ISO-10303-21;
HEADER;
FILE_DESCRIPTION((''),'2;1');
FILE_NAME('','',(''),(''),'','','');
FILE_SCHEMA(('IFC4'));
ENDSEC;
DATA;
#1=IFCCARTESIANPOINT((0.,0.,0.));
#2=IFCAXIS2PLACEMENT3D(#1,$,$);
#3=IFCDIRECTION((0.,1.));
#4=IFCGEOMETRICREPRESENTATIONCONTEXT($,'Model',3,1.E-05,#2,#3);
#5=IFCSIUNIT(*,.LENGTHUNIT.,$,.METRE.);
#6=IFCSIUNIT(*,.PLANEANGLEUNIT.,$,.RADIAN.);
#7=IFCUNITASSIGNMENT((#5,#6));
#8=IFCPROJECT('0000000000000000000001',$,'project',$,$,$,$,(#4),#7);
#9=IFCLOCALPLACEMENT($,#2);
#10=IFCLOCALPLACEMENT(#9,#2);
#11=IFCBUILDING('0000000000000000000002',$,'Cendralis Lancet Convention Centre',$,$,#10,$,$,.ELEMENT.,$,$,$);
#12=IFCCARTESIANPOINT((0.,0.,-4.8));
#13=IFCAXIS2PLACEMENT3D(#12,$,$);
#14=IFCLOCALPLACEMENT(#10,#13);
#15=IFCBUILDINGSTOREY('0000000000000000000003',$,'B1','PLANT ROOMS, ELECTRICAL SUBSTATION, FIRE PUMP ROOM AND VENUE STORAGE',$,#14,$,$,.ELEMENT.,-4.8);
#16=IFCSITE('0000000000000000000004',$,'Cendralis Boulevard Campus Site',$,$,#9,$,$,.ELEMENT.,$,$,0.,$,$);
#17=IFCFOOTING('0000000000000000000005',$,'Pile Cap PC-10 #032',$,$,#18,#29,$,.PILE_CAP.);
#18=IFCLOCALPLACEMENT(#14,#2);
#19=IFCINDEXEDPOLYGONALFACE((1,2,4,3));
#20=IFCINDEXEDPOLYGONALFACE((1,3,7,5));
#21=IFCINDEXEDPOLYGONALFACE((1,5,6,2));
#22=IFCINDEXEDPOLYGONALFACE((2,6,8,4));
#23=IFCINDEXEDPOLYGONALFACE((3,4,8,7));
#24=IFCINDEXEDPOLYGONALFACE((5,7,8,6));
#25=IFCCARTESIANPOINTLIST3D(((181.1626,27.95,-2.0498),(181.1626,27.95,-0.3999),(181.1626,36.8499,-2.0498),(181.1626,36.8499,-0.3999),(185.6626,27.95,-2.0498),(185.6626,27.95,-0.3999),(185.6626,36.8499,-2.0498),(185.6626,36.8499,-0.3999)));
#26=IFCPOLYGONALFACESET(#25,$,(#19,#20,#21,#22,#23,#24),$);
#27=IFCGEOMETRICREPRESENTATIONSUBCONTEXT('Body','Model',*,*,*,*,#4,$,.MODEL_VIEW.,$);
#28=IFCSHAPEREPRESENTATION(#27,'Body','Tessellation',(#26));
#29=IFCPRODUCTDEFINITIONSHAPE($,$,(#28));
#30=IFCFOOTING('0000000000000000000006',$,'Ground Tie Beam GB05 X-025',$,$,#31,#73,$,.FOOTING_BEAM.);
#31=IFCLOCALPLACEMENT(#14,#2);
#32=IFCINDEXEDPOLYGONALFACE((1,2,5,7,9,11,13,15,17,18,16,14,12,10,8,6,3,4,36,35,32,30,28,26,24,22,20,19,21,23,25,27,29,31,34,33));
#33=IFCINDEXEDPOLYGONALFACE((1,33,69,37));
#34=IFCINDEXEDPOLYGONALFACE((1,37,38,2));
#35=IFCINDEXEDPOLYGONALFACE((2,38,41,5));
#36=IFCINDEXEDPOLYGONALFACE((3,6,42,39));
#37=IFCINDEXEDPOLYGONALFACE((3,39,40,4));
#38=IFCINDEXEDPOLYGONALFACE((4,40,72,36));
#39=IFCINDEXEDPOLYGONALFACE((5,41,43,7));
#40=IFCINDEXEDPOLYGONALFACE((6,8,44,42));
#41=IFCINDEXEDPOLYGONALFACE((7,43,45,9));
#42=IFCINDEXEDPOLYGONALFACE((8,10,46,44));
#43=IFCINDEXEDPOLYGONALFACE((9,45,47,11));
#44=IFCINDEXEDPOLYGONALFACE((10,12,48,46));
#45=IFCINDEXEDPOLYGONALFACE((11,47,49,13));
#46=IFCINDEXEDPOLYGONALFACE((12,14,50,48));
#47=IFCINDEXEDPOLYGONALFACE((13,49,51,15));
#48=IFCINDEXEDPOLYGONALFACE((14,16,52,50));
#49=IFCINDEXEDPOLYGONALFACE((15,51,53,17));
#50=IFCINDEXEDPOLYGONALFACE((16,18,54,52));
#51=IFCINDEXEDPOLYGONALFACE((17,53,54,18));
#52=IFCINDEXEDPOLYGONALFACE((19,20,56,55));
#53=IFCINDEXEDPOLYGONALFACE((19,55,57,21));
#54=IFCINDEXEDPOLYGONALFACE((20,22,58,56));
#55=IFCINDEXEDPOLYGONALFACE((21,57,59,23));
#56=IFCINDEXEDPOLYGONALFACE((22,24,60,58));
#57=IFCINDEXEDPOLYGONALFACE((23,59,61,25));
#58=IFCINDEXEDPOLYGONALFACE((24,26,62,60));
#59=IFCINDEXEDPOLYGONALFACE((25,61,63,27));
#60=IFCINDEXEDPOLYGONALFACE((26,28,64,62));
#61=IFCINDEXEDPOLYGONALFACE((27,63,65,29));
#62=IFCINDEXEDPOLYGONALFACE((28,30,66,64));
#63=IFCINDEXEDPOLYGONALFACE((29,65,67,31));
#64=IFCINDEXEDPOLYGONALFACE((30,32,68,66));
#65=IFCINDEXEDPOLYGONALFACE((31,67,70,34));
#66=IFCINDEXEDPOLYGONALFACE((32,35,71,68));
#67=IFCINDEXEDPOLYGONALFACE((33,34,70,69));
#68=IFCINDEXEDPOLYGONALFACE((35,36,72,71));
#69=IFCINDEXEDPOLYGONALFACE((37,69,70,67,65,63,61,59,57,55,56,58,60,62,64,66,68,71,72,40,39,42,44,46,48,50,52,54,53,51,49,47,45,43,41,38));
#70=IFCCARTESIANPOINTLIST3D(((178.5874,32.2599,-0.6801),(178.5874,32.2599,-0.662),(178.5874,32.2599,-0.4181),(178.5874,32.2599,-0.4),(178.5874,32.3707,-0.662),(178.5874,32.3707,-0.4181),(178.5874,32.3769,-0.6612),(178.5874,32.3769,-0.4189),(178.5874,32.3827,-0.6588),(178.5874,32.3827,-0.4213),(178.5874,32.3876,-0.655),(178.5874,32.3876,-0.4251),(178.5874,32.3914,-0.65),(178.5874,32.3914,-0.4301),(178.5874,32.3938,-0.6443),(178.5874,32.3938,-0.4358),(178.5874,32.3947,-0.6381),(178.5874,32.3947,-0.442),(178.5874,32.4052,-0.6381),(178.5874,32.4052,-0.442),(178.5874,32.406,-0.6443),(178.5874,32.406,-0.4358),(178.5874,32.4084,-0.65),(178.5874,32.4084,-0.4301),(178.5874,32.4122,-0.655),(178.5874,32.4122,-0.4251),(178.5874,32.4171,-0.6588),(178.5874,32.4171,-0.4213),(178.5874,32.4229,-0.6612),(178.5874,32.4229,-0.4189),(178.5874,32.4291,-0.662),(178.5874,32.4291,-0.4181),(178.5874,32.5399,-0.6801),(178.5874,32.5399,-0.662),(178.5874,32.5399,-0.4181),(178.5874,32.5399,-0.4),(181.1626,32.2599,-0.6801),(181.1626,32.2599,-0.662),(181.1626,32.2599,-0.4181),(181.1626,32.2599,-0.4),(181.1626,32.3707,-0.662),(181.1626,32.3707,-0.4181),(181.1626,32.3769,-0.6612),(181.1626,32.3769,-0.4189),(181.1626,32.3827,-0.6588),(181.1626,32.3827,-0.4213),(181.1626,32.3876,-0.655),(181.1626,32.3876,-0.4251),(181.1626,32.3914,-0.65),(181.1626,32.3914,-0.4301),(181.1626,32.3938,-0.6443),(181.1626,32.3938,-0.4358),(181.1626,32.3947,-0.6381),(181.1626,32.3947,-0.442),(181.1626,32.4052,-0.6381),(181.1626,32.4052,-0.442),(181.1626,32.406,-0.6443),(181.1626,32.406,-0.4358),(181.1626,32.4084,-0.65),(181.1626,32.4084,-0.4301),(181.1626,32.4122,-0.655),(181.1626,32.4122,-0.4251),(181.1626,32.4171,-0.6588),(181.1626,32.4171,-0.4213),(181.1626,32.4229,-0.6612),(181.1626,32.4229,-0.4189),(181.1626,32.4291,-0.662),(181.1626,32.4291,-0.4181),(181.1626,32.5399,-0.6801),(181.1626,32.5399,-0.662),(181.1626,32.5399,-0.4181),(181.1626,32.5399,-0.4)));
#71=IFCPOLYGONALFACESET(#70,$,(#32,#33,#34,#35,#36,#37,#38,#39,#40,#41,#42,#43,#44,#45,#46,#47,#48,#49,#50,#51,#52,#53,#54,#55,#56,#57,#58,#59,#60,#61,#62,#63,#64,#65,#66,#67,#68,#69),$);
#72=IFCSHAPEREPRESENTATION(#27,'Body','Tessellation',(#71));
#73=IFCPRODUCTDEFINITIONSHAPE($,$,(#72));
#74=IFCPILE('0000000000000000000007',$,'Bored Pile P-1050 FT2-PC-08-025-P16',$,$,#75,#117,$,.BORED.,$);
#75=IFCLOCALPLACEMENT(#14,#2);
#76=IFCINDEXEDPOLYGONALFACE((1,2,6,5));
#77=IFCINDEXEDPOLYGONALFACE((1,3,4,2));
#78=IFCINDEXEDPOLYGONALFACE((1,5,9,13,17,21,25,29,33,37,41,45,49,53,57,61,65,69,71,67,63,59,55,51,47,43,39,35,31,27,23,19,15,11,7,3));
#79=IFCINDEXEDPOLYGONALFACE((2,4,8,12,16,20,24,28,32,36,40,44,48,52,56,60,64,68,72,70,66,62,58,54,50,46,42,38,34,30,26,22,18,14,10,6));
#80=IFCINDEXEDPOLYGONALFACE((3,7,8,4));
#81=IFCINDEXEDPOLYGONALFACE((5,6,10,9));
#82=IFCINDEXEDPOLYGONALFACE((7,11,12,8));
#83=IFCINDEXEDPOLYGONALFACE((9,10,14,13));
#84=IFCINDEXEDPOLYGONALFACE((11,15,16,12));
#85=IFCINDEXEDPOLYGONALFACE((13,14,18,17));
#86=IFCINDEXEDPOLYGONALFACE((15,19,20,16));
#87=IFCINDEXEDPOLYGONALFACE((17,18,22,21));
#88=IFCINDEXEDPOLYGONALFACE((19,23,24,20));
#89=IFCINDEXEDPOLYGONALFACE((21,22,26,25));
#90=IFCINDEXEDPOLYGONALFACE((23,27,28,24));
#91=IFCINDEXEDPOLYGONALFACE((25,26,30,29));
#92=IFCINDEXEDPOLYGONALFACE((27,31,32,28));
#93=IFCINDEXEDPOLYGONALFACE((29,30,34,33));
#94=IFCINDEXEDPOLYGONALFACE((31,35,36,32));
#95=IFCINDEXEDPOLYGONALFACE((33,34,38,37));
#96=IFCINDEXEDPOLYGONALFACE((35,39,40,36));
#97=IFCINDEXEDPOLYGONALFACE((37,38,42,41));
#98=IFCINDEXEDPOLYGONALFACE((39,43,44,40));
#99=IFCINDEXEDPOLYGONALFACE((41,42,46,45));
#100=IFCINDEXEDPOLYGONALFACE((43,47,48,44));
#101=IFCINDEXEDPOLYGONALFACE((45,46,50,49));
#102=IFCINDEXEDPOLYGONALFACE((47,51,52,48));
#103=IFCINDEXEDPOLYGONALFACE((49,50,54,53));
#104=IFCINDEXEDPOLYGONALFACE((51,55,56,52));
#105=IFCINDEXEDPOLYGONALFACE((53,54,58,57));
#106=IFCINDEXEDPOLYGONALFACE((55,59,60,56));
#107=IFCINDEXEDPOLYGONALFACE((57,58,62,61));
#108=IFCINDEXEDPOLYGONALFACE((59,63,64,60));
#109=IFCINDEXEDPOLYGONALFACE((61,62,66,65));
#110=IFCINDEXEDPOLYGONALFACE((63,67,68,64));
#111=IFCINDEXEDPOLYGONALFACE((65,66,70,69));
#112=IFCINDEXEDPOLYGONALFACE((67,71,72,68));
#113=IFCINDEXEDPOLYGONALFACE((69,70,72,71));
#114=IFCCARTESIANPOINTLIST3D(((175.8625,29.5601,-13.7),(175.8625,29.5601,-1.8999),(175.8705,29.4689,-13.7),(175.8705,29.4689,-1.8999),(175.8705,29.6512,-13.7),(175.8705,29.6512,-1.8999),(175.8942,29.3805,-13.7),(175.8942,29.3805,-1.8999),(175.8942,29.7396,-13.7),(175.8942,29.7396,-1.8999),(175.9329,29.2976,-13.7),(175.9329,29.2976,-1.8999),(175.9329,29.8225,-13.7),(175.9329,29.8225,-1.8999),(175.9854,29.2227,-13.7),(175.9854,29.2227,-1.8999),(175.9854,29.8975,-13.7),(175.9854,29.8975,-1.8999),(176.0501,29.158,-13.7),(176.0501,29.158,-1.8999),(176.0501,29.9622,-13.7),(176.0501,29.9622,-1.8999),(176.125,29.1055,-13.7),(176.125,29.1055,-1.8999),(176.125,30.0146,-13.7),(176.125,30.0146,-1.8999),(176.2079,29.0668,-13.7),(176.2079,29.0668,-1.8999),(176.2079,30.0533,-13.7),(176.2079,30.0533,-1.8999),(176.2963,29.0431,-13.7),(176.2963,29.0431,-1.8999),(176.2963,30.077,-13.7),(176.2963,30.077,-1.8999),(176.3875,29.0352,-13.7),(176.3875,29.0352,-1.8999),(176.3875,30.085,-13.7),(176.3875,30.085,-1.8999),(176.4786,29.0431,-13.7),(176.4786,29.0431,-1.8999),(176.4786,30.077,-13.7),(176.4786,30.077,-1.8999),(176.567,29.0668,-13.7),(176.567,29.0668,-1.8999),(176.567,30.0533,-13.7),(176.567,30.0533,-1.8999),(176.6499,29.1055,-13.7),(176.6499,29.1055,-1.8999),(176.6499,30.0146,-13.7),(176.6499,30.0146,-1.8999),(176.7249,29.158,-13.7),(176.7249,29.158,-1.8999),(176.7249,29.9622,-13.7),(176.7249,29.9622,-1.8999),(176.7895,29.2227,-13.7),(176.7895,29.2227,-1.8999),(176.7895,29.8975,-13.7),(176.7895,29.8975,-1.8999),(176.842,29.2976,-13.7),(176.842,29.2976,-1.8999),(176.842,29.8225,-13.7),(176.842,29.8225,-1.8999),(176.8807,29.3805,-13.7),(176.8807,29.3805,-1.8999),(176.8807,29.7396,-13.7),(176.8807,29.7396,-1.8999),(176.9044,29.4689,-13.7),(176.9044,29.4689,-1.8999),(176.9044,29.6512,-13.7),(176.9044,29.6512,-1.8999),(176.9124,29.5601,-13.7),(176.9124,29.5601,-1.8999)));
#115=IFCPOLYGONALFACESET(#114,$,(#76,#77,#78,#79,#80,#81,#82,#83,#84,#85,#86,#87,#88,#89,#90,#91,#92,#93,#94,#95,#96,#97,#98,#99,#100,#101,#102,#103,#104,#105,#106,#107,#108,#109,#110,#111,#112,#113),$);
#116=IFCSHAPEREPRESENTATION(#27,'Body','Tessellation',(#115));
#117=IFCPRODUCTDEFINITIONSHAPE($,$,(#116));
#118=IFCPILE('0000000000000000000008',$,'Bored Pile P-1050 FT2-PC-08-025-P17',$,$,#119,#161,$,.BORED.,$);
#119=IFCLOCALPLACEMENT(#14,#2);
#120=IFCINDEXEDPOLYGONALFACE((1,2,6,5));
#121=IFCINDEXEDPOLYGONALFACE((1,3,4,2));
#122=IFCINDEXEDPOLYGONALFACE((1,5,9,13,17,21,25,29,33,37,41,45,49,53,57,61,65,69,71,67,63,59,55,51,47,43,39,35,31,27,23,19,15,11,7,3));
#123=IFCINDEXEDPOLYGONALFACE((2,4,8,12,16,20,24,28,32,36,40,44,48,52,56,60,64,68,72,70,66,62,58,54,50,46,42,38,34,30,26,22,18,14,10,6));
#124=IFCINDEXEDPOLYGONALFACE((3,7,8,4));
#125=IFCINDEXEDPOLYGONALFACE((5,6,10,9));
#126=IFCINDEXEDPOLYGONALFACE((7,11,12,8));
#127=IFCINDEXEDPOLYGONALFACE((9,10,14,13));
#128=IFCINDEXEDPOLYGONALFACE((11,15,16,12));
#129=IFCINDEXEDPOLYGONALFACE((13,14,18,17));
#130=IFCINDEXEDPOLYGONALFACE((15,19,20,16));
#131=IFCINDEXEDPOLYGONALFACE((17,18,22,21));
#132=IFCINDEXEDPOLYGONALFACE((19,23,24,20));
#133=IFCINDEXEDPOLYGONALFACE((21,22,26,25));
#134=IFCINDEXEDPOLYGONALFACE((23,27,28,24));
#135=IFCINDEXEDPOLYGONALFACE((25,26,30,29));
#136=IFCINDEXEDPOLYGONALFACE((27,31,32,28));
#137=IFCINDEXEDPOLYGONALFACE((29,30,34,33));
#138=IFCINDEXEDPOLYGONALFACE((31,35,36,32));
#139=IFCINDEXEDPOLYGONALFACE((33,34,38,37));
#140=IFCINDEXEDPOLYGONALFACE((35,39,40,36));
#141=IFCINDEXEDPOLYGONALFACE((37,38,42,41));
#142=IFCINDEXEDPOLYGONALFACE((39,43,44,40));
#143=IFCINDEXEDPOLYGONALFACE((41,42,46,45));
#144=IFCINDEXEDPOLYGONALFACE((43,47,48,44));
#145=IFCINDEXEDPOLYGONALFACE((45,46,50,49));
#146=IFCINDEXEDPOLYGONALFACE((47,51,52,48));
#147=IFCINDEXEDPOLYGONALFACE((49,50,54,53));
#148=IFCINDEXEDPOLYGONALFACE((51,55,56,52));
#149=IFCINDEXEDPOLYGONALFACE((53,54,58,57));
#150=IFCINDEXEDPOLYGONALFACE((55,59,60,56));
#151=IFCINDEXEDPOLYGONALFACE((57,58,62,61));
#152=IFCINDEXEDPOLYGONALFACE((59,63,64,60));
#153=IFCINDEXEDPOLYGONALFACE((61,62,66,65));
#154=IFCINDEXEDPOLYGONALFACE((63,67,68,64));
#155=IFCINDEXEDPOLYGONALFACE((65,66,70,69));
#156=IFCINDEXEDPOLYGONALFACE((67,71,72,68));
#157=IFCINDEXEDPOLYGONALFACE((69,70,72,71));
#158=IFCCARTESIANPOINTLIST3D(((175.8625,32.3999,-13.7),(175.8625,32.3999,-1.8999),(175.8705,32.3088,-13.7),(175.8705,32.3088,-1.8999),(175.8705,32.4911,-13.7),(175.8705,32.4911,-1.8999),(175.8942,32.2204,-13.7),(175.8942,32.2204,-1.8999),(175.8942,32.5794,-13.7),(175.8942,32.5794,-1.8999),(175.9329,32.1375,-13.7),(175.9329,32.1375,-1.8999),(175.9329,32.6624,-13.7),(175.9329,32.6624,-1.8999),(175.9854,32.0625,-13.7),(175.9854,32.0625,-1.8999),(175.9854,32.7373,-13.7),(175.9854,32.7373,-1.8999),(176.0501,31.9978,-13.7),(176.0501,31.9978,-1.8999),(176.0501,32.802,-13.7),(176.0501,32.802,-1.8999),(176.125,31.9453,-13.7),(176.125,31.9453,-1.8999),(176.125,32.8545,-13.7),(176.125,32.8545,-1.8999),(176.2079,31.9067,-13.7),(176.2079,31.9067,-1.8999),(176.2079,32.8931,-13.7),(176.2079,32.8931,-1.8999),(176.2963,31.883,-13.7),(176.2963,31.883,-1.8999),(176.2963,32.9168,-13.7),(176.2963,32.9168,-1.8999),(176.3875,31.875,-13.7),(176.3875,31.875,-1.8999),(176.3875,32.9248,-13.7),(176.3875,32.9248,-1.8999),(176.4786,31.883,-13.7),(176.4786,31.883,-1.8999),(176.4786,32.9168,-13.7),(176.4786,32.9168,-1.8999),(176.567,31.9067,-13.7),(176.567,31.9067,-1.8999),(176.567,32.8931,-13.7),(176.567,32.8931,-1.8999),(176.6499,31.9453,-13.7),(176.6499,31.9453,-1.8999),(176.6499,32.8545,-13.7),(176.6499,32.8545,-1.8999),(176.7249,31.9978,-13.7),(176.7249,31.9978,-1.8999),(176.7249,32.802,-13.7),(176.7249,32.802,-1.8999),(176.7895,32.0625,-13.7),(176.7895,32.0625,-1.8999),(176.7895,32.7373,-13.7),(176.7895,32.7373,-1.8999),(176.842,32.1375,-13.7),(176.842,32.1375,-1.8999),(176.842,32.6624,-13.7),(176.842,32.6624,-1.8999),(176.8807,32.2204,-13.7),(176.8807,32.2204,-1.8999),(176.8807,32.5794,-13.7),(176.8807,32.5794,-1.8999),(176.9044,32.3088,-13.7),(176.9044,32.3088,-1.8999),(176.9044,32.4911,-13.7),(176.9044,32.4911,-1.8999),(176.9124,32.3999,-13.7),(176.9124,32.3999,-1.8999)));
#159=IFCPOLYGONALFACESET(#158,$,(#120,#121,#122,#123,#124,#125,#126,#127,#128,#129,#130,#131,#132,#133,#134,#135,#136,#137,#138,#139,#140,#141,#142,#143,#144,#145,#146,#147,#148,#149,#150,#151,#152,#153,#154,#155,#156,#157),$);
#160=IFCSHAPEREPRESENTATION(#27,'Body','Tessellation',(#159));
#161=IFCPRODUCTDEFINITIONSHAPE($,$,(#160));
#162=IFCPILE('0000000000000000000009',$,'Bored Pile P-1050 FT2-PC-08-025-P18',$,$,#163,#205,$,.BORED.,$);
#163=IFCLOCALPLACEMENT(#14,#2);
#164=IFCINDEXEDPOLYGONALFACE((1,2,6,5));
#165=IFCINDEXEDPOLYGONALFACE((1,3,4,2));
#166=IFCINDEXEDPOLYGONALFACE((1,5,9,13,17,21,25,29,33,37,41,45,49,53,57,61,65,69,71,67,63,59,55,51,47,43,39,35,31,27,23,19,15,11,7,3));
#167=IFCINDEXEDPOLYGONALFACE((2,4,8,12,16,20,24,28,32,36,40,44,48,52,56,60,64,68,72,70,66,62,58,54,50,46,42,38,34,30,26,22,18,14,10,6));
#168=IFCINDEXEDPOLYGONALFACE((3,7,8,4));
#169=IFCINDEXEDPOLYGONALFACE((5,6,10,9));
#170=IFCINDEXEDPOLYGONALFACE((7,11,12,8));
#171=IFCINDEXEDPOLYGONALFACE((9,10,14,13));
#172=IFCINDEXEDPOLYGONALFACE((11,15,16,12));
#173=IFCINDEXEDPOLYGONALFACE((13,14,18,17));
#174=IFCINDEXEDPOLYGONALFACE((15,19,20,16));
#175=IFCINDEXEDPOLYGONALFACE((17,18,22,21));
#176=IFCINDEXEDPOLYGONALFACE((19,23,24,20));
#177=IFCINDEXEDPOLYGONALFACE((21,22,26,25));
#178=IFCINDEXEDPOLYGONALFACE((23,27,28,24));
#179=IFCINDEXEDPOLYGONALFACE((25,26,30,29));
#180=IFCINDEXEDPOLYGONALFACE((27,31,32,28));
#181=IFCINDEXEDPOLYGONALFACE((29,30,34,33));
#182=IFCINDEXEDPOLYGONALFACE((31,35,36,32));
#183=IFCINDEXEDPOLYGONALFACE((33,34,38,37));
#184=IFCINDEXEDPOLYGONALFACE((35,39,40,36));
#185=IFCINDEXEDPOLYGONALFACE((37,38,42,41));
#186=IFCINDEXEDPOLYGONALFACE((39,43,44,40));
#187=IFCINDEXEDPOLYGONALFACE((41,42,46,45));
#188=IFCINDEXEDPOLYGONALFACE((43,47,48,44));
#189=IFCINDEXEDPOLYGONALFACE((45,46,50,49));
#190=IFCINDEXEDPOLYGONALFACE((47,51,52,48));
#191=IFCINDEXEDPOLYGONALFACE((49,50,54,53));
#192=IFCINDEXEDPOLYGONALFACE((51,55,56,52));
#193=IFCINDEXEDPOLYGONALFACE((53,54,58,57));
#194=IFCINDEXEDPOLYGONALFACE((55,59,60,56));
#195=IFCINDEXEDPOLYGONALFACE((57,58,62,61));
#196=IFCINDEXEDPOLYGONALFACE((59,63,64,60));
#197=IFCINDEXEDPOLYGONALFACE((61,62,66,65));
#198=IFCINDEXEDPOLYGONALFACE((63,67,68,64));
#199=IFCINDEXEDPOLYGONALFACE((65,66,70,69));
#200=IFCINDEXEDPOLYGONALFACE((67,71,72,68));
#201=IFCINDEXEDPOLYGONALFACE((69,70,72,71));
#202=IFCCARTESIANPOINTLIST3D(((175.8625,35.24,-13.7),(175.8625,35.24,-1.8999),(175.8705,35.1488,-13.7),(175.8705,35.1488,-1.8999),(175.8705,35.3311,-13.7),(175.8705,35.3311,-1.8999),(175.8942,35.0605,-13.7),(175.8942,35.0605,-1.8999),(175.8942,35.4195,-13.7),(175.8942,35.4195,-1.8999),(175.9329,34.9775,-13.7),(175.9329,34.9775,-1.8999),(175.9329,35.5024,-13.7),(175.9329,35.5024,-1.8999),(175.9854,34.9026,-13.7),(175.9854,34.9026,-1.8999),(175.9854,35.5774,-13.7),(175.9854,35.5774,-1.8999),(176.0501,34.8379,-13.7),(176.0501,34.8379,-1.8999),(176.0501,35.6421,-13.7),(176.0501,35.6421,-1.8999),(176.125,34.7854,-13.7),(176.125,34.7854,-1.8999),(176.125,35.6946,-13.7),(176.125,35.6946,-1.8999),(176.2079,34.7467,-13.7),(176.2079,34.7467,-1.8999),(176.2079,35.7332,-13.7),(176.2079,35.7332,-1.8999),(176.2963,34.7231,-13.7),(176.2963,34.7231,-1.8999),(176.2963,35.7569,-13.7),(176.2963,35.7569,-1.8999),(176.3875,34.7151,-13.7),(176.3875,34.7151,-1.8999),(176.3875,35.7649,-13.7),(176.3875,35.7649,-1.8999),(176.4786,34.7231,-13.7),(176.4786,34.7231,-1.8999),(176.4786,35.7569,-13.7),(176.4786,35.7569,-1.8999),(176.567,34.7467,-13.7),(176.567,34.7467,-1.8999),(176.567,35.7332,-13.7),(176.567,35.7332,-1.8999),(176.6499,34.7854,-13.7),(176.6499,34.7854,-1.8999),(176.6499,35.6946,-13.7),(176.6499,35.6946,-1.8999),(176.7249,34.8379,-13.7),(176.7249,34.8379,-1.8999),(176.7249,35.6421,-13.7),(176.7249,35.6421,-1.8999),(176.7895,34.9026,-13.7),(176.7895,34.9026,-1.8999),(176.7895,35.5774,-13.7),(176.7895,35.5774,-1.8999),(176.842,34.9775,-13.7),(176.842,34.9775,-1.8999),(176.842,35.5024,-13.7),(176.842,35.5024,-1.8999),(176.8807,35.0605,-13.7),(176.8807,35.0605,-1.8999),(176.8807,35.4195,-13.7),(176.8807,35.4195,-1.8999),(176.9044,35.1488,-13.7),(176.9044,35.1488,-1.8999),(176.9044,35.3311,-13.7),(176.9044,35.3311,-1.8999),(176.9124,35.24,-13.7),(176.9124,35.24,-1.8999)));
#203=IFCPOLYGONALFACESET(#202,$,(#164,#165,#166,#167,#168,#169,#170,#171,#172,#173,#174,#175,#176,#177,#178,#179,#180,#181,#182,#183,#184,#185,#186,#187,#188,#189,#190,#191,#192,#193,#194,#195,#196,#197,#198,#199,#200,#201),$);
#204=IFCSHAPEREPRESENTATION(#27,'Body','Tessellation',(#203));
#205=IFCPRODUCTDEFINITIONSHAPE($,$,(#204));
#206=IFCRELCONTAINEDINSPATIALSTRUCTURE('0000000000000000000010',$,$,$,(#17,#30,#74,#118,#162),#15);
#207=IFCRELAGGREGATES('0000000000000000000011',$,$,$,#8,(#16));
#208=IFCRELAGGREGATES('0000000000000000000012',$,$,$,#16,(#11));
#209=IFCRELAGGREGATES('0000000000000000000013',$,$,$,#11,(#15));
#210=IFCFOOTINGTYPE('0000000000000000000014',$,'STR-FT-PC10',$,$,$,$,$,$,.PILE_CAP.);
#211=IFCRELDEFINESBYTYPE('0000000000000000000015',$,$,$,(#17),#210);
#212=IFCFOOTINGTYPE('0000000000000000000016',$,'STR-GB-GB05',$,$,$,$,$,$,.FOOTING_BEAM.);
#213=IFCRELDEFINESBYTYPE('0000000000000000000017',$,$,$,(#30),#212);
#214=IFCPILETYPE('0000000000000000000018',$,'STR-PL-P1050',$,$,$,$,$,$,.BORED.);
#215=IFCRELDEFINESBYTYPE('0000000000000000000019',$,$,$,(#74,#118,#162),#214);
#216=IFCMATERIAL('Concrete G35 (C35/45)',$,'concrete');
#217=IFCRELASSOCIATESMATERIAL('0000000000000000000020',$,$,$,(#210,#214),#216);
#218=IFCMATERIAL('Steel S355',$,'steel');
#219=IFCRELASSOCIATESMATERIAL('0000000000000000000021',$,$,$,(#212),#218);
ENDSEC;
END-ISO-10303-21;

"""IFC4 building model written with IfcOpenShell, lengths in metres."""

from ifc_helpers import new_model, si_unit, direction, frame, origin, origin_2d, place, context, subcontext, project, spatial, rectangle, circle, i_section, extrude, material, material_profile, profile_set, type_object, element, save


model = new_model("IFC4")

# Units and contexts
model_context = context("Model", 3, precision=1e-05, world=origin(), true_north=direction((0.0, 1.0)))
body_context = subcontext(model_context, "Body", "Model", "MODEL_VIEW")
ifc_project = project(units=[si_unit("LENGTHUNIT", "METRE"), si_unit("PLANEANGLEUNIT", "RADIAN")], contexts=[model_context])

# Site, building, storey
site_placement = place(None, origin())
site = spatial("IfcSite", under=ifc_project, at=site_placement, Name="Cendralis Boulevard Campus Site", CompositionType="ELEMENT", RefElevation=0.0)
building_placement = place(site_placement, origin())
building = spatial("IfcBuilding", under=site, at=building_placement, Name="Cendralis Lancet Convention Centre", CompositionType="ELEMENT")
storey_placement = place(building_placement, frame((0.0, 0.0, -4.8)))
storey = spatial("IfcBuildingStorey", under=building, at=storey_placement, Name="B1", Description="PLANT ROOMS, ELECTRICAL SUBSTATION, FIRE PUMP ROOM AND VENUE STORAGE", CompositionType="ELEMENT", Elevation=-4.8)

# Footings
ifc_material_1 = material(Name="Concrete G35 (C35/45)", Category="concrete")
footing_type_1 = type_object("IfcFootingType", Name="STR-FT-PC10", PredefinedType="PILE_CAP", material=ifc_material_1)
footing_1_placement = place(storey_placement, frame((183.4126, 32.3999, -2.0498), z_axis=(0.0, 0.0, 1.0), x_axis=(1.0, 0.0, 0.0)))
element("IfcFooting", 1, at=footing_1_placement, inside=storey, type_object=footing_type_1, Name="Pile Cap PC-10 #032", PredefinedType="PILE_CAP", context=body_context, shape_type="SweptSolid", body=[
    extrude(rectangle(XDim=4.5, YDim=8.8999, at=origin_2d()), origin(), (0.0, 0.0, 1.0), 1.6499),
])
ifc_material_2 = material(Name="Steel S355", Category="steel")
ifc_material_profile_1 = material_profile(ifc_material_2, i_section(OverallWidth=0.28, OverallDepth=0.28, WebThickness=0.0105, FlangeThickness=0.0181, FilletRadius=0.0239, at=origin_2d()), Name="HEB 280")
ifc_profile_set_1 = profile_set([ifc_material_profile_1], Name="Steel S355")
footing_type_2 = type_object("IfcFootingType", Name="STR-GB-GB05", PredefinedType="FOOTING_BEAM", material=ifc_profile_set_1)
footing_2_placement = place(storey_placement, frame((178.5874, 32.3999, -0.54), z_axis=(1.0, 0.0, 0.0), x_axis=(0.0, 1.0, 0.0)))
element("IfcFooting", 2, at=footing_2_placement, inside=storey, type_object=footing_type_2, Name="Ground Tie Beam GB05 X-025", PredefinedType="FOOTING_BEAM", context=body_context, shape_type="SweptSolid", body=[
    extrude(i_section(OverallWidth=0.28, OverallDepth=0.28, WebThickness=0.0105, FlangeThickness=0.0181, FilletRadius=0.0239, at=origin_2d()), origin(), (0.0, 0.0, 1.0), 2.5752),
])

# Piles
ifc_material_profile_2 = material_profile(ifc_material_1, circle(Radius=0.5249, at=origin_2d()), Name="BORED PILE D1050")
ifc_profile_set_2 = profile_set([ifc_material_profile_2], Name="Concrete G35 (C35/45)")
pile_type = type_object("IfcPileType", Name="STR-PL-P1050", PredefinedType="BORED", material=ifc_profile_set_2)
for number, where, z_axis, x_axis, name in (
    (3, (176.3875, 29.5601, -1.8999), (0.0, 0.0, -1.0), (1.0, 0.0, 0.0), "Bored Pile P-1050 FT2-PC-08-025-P16"),
    (4, (176.3875, 32.3999, -1.8999), (0.0, 0.0, -1.0), (1.0, 0.0, 0.0), "Bored Pile P-1050 FT2-PC-08-025-P17"),
    (5, (176.3875, 35.24, -1.8999), (0.0, 0.0, -1.0), (1.0, 0.0, 0.0), "Bored Pile P-1050 FT2-PC-08-025-P18"),
):
    element("IfcPile", number, at=place(storey_placement, frame(where, z_axis=z_axis, x_axis=x_axis)), inside=storey, type_object=pile_type, Name=name, PredefinedType="BORED", context=body_context, shape_type="SweptSolid", body=[
        extrude(circle(Radius=0.5249, at=origin_2d()), origin(), (0.0, 0.0, 1.0), 11.8),
    ])

save(model, "model.ifc")
